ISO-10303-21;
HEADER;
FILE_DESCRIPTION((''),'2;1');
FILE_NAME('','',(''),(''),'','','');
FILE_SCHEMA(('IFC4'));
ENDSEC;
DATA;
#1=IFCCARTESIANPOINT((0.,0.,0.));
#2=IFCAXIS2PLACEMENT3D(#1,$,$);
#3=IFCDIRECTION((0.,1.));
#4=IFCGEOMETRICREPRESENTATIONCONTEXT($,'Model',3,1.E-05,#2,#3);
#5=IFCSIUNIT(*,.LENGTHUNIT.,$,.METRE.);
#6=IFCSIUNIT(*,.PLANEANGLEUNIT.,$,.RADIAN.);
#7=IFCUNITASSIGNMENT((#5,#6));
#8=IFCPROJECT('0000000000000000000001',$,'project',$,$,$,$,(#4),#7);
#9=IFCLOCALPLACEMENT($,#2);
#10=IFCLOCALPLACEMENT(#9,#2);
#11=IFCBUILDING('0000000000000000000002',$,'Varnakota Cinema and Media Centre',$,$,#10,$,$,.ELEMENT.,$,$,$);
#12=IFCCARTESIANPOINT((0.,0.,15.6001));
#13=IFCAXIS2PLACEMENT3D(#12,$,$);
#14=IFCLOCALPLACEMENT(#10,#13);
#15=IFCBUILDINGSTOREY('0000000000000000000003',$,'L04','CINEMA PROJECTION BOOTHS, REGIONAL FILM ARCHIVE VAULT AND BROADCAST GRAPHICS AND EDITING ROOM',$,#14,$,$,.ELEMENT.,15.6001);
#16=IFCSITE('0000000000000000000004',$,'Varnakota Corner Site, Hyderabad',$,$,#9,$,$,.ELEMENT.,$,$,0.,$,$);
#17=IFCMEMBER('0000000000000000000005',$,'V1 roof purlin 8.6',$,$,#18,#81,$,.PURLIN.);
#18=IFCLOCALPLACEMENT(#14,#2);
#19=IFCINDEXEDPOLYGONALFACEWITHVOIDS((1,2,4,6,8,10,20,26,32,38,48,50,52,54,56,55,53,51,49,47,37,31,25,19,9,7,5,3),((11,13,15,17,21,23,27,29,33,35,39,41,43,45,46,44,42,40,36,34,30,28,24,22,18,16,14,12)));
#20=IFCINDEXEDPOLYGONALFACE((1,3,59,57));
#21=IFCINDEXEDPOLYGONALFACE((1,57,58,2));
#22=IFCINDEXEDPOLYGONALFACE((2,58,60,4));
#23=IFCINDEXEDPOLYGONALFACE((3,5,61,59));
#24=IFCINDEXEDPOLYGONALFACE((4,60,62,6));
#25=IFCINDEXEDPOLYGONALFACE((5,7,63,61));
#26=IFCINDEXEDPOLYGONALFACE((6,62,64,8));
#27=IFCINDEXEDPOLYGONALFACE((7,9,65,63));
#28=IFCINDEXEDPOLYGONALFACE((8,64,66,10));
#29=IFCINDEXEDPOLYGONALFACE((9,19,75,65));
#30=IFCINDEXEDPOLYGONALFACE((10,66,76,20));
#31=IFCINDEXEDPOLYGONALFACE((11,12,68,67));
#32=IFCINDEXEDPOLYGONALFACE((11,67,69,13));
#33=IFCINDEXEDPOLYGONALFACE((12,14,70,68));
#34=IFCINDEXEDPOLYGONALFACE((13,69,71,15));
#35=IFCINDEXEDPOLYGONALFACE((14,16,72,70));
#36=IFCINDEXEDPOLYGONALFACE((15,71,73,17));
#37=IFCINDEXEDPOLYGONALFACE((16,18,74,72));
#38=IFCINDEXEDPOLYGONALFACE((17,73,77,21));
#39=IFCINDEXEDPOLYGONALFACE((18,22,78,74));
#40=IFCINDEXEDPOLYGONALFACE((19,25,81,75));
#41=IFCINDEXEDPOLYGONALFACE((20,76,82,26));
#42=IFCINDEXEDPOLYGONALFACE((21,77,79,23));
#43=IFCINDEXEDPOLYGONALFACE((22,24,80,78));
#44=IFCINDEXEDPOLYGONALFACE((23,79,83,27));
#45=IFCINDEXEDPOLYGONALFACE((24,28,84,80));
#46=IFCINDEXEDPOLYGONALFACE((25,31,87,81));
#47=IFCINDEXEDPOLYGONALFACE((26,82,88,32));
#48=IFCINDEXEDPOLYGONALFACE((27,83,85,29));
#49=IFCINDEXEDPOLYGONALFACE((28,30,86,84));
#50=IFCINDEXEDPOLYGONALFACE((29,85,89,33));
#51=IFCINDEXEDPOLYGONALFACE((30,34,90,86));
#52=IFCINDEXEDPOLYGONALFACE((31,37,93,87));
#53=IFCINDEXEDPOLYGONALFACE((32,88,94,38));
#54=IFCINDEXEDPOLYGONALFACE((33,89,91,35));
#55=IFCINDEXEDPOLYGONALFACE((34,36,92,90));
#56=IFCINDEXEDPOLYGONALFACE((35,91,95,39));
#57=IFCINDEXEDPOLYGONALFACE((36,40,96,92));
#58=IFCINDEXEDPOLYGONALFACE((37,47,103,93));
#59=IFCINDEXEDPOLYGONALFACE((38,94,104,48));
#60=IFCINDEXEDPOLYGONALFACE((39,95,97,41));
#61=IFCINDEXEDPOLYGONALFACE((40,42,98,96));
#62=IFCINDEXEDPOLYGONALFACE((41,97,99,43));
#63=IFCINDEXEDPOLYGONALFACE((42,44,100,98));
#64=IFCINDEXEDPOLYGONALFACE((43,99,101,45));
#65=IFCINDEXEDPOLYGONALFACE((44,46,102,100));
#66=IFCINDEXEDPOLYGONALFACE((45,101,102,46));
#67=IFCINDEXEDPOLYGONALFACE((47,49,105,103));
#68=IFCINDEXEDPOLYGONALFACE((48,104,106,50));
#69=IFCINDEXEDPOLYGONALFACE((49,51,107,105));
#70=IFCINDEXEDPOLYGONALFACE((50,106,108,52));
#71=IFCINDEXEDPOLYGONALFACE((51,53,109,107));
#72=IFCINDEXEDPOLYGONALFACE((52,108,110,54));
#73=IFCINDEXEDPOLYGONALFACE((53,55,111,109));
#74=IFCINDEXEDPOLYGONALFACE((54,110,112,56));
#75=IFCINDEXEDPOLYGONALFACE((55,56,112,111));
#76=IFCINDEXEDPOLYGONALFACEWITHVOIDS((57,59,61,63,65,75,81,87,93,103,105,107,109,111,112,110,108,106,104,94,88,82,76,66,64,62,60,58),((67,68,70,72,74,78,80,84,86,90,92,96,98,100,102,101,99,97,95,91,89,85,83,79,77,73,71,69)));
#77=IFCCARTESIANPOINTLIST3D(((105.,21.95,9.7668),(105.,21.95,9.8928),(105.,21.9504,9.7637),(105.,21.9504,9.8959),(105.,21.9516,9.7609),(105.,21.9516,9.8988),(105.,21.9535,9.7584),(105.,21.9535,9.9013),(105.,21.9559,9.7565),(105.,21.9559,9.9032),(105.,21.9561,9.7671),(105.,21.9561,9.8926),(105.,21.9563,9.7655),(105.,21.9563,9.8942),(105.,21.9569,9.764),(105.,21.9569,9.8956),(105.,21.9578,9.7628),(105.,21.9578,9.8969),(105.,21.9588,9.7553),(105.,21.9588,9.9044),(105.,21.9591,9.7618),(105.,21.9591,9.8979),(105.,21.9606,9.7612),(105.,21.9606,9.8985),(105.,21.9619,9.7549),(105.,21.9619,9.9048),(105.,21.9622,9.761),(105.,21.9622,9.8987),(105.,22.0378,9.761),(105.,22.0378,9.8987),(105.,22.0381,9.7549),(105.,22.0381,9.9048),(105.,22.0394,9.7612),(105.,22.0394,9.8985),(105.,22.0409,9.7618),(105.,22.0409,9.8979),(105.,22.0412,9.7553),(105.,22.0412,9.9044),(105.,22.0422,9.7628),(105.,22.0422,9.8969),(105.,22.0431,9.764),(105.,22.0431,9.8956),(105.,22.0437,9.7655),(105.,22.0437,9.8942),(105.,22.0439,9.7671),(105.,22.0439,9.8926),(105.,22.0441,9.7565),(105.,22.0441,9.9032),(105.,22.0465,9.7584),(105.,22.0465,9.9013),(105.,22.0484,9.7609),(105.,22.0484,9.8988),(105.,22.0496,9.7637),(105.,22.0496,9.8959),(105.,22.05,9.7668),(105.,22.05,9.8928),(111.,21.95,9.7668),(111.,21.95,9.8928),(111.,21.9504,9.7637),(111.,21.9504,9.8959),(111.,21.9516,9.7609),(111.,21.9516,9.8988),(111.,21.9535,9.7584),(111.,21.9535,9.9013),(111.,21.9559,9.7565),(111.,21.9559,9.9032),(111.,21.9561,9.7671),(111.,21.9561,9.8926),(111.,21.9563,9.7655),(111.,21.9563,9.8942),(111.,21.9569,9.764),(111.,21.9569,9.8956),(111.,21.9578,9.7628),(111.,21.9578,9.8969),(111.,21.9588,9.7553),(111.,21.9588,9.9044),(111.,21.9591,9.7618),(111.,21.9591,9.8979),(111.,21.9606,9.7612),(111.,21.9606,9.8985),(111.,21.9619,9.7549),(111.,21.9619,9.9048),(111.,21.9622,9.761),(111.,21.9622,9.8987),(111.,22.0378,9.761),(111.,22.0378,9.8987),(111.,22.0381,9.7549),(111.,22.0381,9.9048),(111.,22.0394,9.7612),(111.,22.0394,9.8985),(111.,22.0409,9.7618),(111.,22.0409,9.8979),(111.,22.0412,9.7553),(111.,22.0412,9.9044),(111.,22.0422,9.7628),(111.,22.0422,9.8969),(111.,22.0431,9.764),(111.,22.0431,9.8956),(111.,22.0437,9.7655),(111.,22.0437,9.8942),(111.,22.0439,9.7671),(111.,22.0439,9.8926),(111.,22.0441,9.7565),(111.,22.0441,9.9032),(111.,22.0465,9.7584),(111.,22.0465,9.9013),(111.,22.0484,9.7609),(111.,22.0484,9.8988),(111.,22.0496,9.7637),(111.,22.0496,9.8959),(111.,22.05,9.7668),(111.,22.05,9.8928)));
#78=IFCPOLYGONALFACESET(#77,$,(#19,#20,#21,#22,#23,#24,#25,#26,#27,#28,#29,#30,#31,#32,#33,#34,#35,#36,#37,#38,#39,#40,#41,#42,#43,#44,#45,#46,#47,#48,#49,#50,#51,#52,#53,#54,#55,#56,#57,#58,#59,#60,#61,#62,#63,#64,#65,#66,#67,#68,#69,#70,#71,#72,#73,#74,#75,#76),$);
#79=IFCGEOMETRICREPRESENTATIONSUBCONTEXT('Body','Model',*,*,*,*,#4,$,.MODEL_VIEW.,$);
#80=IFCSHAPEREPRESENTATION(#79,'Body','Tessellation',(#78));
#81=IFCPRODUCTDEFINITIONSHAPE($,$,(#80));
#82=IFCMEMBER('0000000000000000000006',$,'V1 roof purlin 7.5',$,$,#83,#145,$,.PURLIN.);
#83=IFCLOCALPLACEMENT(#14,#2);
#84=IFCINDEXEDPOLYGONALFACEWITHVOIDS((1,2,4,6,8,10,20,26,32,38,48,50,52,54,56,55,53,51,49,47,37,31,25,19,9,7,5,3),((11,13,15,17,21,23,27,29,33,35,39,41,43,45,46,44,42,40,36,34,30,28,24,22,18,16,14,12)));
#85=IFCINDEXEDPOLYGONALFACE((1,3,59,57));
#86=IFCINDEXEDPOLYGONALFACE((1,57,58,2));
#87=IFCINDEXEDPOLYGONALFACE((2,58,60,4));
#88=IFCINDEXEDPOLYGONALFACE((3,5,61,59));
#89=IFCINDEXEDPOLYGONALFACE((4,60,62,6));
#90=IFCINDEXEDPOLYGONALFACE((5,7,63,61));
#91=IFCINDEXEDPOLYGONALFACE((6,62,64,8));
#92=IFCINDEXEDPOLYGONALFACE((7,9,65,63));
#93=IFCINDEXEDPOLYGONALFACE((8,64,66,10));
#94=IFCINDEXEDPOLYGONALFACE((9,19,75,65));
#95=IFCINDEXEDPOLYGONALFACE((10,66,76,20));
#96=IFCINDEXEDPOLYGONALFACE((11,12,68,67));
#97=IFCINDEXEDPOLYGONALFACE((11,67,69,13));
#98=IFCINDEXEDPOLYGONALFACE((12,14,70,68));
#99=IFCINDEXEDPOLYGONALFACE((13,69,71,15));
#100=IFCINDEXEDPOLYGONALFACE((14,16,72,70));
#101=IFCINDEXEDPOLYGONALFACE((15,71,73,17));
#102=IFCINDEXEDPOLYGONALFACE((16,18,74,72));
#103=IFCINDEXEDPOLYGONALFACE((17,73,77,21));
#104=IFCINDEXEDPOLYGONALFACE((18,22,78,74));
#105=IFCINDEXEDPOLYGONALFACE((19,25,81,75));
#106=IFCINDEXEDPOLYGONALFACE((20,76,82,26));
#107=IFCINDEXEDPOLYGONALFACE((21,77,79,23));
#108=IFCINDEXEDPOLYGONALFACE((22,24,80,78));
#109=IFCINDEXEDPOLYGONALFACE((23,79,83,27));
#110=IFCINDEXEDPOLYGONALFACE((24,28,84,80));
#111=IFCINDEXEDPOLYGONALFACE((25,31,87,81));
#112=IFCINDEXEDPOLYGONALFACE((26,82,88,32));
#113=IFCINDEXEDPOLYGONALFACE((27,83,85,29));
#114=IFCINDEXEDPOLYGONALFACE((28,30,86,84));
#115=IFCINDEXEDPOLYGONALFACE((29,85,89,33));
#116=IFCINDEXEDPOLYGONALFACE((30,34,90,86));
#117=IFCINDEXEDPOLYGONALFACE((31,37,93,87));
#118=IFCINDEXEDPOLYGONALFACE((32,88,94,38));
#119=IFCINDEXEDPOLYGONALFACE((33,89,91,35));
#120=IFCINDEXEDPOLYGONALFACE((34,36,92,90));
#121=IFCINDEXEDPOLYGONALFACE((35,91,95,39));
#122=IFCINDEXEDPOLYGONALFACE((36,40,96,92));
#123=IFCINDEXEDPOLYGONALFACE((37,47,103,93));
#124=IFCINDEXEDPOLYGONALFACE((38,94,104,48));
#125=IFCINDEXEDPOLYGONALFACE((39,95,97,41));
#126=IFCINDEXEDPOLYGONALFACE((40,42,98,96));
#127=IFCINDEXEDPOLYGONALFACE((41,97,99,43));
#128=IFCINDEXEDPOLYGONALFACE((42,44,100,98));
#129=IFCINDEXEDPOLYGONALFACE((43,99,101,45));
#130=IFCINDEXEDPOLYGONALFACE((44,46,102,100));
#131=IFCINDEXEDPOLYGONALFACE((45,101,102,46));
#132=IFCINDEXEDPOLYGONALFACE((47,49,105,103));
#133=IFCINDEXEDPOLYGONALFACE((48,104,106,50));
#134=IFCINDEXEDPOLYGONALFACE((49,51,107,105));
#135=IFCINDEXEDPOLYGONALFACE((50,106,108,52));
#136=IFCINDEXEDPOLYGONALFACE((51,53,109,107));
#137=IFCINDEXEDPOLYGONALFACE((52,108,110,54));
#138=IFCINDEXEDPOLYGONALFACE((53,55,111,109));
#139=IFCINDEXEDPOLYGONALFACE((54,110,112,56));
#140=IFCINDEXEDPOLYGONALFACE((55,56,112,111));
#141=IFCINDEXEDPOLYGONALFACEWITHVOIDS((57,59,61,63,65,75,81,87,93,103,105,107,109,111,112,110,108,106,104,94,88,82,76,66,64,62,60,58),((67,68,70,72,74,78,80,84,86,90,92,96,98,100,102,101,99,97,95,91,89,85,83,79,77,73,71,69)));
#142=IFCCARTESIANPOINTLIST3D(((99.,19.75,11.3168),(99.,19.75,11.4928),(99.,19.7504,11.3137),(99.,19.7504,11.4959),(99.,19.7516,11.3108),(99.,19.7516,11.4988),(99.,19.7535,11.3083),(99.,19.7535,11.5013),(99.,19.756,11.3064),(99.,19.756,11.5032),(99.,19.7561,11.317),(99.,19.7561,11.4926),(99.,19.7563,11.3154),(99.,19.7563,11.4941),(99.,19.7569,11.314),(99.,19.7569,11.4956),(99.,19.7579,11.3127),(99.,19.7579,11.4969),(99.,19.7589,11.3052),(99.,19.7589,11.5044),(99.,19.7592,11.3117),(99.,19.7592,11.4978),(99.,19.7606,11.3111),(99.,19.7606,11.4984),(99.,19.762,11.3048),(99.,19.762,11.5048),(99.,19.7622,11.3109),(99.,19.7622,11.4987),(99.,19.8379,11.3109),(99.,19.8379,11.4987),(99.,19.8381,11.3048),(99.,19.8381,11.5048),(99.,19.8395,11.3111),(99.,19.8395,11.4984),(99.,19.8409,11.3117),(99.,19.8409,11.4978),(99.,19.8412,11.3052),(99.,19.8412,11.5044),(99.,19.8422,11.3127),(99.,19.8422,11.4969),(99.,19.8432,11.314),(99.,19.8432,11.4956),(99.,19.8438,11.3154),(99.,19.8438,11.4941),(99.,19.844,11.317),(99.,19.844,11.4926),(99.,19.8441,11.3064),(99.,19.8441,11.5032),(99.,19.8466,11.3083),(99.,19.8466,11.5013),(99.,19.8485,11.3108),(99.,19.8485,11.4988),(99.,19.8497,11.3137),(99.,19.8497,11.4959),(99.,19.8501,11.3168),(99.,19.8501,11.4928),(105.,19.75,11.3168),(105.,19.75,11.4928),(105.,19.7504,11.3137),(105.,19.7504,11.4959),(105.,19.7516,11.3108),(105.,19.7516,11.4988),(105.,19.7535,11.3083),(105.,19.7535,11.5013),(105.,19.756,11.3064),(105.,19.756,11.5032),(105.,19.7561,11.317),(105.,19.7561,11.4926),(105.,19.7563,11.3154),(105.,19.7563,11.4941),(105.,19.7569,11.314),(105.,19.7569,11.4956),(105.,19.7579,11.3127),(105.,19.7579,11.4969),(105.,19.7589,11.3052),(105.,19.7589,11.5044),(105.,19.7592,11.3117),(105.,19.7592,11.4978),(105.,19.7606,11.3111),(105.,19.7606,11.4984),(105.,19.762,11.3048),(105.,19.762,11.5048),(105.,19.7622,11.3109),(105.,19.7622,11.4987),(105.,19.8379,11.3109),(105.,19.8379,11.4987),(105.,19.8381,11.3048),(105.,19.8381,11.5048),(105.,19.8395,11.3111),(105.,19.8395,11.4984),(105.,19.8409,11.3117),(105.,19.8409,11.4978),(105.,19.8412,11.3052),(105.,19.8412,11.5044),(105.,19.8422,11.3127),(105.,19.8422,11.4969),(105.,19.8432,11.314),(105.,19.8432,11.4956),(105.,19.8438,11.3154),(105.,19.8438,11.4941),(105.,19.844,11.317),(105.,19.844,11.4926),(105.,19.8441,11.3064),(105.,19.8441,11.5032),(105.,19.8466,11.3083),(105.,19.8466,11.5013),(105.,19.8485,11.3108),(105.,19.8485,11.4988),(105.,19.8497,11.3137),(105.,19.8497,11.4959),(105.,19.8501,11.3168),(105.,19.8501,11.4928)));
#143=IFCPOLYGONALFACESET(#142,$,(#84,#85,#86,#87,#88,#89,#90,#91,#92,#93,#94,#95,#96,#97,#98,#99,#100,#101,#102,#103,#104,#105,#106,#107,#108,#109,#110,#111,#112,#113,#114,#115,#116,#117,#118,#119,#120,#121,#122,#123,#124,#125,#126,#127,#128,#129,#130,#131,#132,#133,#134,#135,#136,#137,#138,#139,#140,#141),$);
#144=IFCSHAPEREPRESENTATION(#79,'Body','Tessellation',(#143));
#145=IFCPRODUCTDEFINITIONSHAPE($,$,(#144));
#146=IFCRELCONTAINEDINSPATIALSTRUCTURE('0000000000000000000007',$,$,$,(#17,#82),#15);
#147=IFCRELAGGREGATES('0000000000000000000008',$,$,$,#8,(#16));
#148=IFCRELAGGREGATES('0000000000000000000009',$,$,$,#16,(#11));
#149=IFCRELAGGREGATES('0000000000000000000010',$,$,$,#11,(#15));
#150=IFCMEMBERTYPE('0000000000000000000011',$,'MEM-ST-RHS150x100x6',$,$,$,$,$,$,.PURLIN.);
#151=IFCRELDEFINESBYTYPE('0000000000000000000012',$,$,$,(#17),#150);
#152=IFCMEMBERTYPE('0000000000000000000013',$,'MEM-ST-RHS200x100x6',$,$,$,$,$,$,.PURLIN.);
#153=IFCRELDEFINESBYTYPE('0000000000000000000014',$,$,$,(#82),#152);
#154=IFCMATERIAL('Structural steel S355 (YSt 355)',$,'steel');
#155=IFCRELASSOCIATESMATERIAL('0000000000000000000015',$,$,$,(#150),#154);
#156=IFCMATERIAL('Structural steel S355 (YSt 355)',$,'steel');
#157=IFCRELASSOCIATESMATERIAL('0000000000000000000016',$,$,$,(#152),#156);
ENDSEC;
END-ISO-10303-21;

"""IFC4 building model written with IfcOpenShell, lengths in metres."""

from ifc_helpers import new_model, si_unit, direction, frame, origin, origin_2d, place, context, subcontext, project, spatial, hollow_rectangle, extrude, material, material_profile, profile_set, type_object, element, save


model = new_model("IFC4")

# Units and contexts
model_context = context("Model", 3, precision=1e-05, world=origin(), true_north=direction((0.0, 1.0)))
body_context = subcontext(model_context, "Body", "Model", "MODEL_VIEW")
ifc_project = project(units=[si_unit("LENGTHUNIT", "METRE"), si_unit("PLANEANGLEUNIT", "RADIAN")], contexts=[model_context])

# Site, building, storey
site_placement = place(None, origin())
site = spatial("IfcSite", under=ifc_project, at=site_placement, Name="Varnakota Corner Site, Hyderabad", CompositionType="ELEMENT", RefElevation=0.0)
building_placement = place(site_placement, origin())
building = spatial("IfcBuilding", under=site, at=building_placement, Name="Varnakota Cinema and Media Centre", CompositionType="ELEMENT")
storey_placement = place(building_placement, frame((0.0, 0.0, 15.6001)))
storey = spatial("IfcBuildingStorey", under=building, at=storey_placement, Name="L04", Description="CINEMA PROJECTION BOOTHS, REGIONAL FILM ARCHIVE VAULT AND BROADCAST GRAPHICS AND EDITING ROOM", CompositionType="ELEMENT", Elevation=15.6001)

# Members
ifc_material_1 = material(Name="Structural steel S355 (YSt 355)", Category="steel")
ifc_material_profile_1 = material_profile(ifc_material_1, hollow_rectangle(XDim=0.1001, YDim=0.1499, WallThickness=0.0061, InnerFilletRadius=0.0061, OuterFilletRadius=0.012, at=origin_2d()), Name="RHS 150x100x6")
ifc_profile_set_1 = profile_set([ifc_material_profile_1], Name="Structural steel S355 (YSt 355)")
member_type_1 = type_object("IfcMemberType", Name="MEM-ST-RHS150x100x6", PredefinedType="PURLIN", material=ifc_profile_set_1)
for number, where, z_axis, x_axis, name in (
    (1, (105.0, 22.0, 9.8298), (1.0, 0.0, 0.0), (0.0, 1.0, 0.0), "V1 roof purlin 8.6"),
):
    element("IfcMember", number, at=place(storey_placement, frame(where, z_axis=z_axis, x_axis=x_axis)), inside=storey, type_object=member_type_1, Name=name, PredefinedType="PURLIN", context=body_context, shape_type="SweptSolid", body=[
        extrude(hollow_rectangle(XDim=0.1001, YDim=0.1499, WallThickness=0.0061, InnerFilletRadius=0.0061, OuterFilletRadius=0.012, at=origin_2d()), origin(), (0.0, 0.0, 1.0), 6.0),
    ])
ifc_material_2 = material(Name="Structural steel S355 (YSt 355)", Category="steel")
ifc_material_profile_2 = material_profile(ifc_material_2, hollow_rectangle(XDim=0.1001, YDim=0.2, WallThickness=0.0061, InnerFilletRadius=0.0061, OuterFilletRadius=0.012, at=origin_2d()), Name="RHS 200x100x6")
ifc_profile_set_2 = profile_set([ifc_material_profile_2], Name="Structural steel S355 (YSt 355)")
member_type_2 = type_object("IfcMemberType", Name="MEM-ST-RHS200x100x6", PredefinedType="PURLIN", material=ifc_profile_set_2)
for number, where, z_axis, x_axis, name in (
    (2, (99.0, 19.8, 11.4048), (1.0, 0.0, 0.0), (0.0, 1.0, 0.0), "V1 roof purlin 7.5"),
):
    element("IfcMember", number, at=place(storey_placement, frame(where, z_axis=z_axis, x_axis=x_axis)), inside=storey, type_object=member_type_2, Name=name, PredefinedType="PURLIN", context=body_context, shape_type="SweptSolid", body=[
        extrude(hollow_rectangle(XDim=0.1001, YDim=0.2, WallThickness=0.0061, InnerFilletRadius=0.0061, OuterFilletRadius=0.012, at=origin_2d()), origin(), (0.0, 0.0, 1.0), 6.0),
    ])

save(model, "model.ifc")
